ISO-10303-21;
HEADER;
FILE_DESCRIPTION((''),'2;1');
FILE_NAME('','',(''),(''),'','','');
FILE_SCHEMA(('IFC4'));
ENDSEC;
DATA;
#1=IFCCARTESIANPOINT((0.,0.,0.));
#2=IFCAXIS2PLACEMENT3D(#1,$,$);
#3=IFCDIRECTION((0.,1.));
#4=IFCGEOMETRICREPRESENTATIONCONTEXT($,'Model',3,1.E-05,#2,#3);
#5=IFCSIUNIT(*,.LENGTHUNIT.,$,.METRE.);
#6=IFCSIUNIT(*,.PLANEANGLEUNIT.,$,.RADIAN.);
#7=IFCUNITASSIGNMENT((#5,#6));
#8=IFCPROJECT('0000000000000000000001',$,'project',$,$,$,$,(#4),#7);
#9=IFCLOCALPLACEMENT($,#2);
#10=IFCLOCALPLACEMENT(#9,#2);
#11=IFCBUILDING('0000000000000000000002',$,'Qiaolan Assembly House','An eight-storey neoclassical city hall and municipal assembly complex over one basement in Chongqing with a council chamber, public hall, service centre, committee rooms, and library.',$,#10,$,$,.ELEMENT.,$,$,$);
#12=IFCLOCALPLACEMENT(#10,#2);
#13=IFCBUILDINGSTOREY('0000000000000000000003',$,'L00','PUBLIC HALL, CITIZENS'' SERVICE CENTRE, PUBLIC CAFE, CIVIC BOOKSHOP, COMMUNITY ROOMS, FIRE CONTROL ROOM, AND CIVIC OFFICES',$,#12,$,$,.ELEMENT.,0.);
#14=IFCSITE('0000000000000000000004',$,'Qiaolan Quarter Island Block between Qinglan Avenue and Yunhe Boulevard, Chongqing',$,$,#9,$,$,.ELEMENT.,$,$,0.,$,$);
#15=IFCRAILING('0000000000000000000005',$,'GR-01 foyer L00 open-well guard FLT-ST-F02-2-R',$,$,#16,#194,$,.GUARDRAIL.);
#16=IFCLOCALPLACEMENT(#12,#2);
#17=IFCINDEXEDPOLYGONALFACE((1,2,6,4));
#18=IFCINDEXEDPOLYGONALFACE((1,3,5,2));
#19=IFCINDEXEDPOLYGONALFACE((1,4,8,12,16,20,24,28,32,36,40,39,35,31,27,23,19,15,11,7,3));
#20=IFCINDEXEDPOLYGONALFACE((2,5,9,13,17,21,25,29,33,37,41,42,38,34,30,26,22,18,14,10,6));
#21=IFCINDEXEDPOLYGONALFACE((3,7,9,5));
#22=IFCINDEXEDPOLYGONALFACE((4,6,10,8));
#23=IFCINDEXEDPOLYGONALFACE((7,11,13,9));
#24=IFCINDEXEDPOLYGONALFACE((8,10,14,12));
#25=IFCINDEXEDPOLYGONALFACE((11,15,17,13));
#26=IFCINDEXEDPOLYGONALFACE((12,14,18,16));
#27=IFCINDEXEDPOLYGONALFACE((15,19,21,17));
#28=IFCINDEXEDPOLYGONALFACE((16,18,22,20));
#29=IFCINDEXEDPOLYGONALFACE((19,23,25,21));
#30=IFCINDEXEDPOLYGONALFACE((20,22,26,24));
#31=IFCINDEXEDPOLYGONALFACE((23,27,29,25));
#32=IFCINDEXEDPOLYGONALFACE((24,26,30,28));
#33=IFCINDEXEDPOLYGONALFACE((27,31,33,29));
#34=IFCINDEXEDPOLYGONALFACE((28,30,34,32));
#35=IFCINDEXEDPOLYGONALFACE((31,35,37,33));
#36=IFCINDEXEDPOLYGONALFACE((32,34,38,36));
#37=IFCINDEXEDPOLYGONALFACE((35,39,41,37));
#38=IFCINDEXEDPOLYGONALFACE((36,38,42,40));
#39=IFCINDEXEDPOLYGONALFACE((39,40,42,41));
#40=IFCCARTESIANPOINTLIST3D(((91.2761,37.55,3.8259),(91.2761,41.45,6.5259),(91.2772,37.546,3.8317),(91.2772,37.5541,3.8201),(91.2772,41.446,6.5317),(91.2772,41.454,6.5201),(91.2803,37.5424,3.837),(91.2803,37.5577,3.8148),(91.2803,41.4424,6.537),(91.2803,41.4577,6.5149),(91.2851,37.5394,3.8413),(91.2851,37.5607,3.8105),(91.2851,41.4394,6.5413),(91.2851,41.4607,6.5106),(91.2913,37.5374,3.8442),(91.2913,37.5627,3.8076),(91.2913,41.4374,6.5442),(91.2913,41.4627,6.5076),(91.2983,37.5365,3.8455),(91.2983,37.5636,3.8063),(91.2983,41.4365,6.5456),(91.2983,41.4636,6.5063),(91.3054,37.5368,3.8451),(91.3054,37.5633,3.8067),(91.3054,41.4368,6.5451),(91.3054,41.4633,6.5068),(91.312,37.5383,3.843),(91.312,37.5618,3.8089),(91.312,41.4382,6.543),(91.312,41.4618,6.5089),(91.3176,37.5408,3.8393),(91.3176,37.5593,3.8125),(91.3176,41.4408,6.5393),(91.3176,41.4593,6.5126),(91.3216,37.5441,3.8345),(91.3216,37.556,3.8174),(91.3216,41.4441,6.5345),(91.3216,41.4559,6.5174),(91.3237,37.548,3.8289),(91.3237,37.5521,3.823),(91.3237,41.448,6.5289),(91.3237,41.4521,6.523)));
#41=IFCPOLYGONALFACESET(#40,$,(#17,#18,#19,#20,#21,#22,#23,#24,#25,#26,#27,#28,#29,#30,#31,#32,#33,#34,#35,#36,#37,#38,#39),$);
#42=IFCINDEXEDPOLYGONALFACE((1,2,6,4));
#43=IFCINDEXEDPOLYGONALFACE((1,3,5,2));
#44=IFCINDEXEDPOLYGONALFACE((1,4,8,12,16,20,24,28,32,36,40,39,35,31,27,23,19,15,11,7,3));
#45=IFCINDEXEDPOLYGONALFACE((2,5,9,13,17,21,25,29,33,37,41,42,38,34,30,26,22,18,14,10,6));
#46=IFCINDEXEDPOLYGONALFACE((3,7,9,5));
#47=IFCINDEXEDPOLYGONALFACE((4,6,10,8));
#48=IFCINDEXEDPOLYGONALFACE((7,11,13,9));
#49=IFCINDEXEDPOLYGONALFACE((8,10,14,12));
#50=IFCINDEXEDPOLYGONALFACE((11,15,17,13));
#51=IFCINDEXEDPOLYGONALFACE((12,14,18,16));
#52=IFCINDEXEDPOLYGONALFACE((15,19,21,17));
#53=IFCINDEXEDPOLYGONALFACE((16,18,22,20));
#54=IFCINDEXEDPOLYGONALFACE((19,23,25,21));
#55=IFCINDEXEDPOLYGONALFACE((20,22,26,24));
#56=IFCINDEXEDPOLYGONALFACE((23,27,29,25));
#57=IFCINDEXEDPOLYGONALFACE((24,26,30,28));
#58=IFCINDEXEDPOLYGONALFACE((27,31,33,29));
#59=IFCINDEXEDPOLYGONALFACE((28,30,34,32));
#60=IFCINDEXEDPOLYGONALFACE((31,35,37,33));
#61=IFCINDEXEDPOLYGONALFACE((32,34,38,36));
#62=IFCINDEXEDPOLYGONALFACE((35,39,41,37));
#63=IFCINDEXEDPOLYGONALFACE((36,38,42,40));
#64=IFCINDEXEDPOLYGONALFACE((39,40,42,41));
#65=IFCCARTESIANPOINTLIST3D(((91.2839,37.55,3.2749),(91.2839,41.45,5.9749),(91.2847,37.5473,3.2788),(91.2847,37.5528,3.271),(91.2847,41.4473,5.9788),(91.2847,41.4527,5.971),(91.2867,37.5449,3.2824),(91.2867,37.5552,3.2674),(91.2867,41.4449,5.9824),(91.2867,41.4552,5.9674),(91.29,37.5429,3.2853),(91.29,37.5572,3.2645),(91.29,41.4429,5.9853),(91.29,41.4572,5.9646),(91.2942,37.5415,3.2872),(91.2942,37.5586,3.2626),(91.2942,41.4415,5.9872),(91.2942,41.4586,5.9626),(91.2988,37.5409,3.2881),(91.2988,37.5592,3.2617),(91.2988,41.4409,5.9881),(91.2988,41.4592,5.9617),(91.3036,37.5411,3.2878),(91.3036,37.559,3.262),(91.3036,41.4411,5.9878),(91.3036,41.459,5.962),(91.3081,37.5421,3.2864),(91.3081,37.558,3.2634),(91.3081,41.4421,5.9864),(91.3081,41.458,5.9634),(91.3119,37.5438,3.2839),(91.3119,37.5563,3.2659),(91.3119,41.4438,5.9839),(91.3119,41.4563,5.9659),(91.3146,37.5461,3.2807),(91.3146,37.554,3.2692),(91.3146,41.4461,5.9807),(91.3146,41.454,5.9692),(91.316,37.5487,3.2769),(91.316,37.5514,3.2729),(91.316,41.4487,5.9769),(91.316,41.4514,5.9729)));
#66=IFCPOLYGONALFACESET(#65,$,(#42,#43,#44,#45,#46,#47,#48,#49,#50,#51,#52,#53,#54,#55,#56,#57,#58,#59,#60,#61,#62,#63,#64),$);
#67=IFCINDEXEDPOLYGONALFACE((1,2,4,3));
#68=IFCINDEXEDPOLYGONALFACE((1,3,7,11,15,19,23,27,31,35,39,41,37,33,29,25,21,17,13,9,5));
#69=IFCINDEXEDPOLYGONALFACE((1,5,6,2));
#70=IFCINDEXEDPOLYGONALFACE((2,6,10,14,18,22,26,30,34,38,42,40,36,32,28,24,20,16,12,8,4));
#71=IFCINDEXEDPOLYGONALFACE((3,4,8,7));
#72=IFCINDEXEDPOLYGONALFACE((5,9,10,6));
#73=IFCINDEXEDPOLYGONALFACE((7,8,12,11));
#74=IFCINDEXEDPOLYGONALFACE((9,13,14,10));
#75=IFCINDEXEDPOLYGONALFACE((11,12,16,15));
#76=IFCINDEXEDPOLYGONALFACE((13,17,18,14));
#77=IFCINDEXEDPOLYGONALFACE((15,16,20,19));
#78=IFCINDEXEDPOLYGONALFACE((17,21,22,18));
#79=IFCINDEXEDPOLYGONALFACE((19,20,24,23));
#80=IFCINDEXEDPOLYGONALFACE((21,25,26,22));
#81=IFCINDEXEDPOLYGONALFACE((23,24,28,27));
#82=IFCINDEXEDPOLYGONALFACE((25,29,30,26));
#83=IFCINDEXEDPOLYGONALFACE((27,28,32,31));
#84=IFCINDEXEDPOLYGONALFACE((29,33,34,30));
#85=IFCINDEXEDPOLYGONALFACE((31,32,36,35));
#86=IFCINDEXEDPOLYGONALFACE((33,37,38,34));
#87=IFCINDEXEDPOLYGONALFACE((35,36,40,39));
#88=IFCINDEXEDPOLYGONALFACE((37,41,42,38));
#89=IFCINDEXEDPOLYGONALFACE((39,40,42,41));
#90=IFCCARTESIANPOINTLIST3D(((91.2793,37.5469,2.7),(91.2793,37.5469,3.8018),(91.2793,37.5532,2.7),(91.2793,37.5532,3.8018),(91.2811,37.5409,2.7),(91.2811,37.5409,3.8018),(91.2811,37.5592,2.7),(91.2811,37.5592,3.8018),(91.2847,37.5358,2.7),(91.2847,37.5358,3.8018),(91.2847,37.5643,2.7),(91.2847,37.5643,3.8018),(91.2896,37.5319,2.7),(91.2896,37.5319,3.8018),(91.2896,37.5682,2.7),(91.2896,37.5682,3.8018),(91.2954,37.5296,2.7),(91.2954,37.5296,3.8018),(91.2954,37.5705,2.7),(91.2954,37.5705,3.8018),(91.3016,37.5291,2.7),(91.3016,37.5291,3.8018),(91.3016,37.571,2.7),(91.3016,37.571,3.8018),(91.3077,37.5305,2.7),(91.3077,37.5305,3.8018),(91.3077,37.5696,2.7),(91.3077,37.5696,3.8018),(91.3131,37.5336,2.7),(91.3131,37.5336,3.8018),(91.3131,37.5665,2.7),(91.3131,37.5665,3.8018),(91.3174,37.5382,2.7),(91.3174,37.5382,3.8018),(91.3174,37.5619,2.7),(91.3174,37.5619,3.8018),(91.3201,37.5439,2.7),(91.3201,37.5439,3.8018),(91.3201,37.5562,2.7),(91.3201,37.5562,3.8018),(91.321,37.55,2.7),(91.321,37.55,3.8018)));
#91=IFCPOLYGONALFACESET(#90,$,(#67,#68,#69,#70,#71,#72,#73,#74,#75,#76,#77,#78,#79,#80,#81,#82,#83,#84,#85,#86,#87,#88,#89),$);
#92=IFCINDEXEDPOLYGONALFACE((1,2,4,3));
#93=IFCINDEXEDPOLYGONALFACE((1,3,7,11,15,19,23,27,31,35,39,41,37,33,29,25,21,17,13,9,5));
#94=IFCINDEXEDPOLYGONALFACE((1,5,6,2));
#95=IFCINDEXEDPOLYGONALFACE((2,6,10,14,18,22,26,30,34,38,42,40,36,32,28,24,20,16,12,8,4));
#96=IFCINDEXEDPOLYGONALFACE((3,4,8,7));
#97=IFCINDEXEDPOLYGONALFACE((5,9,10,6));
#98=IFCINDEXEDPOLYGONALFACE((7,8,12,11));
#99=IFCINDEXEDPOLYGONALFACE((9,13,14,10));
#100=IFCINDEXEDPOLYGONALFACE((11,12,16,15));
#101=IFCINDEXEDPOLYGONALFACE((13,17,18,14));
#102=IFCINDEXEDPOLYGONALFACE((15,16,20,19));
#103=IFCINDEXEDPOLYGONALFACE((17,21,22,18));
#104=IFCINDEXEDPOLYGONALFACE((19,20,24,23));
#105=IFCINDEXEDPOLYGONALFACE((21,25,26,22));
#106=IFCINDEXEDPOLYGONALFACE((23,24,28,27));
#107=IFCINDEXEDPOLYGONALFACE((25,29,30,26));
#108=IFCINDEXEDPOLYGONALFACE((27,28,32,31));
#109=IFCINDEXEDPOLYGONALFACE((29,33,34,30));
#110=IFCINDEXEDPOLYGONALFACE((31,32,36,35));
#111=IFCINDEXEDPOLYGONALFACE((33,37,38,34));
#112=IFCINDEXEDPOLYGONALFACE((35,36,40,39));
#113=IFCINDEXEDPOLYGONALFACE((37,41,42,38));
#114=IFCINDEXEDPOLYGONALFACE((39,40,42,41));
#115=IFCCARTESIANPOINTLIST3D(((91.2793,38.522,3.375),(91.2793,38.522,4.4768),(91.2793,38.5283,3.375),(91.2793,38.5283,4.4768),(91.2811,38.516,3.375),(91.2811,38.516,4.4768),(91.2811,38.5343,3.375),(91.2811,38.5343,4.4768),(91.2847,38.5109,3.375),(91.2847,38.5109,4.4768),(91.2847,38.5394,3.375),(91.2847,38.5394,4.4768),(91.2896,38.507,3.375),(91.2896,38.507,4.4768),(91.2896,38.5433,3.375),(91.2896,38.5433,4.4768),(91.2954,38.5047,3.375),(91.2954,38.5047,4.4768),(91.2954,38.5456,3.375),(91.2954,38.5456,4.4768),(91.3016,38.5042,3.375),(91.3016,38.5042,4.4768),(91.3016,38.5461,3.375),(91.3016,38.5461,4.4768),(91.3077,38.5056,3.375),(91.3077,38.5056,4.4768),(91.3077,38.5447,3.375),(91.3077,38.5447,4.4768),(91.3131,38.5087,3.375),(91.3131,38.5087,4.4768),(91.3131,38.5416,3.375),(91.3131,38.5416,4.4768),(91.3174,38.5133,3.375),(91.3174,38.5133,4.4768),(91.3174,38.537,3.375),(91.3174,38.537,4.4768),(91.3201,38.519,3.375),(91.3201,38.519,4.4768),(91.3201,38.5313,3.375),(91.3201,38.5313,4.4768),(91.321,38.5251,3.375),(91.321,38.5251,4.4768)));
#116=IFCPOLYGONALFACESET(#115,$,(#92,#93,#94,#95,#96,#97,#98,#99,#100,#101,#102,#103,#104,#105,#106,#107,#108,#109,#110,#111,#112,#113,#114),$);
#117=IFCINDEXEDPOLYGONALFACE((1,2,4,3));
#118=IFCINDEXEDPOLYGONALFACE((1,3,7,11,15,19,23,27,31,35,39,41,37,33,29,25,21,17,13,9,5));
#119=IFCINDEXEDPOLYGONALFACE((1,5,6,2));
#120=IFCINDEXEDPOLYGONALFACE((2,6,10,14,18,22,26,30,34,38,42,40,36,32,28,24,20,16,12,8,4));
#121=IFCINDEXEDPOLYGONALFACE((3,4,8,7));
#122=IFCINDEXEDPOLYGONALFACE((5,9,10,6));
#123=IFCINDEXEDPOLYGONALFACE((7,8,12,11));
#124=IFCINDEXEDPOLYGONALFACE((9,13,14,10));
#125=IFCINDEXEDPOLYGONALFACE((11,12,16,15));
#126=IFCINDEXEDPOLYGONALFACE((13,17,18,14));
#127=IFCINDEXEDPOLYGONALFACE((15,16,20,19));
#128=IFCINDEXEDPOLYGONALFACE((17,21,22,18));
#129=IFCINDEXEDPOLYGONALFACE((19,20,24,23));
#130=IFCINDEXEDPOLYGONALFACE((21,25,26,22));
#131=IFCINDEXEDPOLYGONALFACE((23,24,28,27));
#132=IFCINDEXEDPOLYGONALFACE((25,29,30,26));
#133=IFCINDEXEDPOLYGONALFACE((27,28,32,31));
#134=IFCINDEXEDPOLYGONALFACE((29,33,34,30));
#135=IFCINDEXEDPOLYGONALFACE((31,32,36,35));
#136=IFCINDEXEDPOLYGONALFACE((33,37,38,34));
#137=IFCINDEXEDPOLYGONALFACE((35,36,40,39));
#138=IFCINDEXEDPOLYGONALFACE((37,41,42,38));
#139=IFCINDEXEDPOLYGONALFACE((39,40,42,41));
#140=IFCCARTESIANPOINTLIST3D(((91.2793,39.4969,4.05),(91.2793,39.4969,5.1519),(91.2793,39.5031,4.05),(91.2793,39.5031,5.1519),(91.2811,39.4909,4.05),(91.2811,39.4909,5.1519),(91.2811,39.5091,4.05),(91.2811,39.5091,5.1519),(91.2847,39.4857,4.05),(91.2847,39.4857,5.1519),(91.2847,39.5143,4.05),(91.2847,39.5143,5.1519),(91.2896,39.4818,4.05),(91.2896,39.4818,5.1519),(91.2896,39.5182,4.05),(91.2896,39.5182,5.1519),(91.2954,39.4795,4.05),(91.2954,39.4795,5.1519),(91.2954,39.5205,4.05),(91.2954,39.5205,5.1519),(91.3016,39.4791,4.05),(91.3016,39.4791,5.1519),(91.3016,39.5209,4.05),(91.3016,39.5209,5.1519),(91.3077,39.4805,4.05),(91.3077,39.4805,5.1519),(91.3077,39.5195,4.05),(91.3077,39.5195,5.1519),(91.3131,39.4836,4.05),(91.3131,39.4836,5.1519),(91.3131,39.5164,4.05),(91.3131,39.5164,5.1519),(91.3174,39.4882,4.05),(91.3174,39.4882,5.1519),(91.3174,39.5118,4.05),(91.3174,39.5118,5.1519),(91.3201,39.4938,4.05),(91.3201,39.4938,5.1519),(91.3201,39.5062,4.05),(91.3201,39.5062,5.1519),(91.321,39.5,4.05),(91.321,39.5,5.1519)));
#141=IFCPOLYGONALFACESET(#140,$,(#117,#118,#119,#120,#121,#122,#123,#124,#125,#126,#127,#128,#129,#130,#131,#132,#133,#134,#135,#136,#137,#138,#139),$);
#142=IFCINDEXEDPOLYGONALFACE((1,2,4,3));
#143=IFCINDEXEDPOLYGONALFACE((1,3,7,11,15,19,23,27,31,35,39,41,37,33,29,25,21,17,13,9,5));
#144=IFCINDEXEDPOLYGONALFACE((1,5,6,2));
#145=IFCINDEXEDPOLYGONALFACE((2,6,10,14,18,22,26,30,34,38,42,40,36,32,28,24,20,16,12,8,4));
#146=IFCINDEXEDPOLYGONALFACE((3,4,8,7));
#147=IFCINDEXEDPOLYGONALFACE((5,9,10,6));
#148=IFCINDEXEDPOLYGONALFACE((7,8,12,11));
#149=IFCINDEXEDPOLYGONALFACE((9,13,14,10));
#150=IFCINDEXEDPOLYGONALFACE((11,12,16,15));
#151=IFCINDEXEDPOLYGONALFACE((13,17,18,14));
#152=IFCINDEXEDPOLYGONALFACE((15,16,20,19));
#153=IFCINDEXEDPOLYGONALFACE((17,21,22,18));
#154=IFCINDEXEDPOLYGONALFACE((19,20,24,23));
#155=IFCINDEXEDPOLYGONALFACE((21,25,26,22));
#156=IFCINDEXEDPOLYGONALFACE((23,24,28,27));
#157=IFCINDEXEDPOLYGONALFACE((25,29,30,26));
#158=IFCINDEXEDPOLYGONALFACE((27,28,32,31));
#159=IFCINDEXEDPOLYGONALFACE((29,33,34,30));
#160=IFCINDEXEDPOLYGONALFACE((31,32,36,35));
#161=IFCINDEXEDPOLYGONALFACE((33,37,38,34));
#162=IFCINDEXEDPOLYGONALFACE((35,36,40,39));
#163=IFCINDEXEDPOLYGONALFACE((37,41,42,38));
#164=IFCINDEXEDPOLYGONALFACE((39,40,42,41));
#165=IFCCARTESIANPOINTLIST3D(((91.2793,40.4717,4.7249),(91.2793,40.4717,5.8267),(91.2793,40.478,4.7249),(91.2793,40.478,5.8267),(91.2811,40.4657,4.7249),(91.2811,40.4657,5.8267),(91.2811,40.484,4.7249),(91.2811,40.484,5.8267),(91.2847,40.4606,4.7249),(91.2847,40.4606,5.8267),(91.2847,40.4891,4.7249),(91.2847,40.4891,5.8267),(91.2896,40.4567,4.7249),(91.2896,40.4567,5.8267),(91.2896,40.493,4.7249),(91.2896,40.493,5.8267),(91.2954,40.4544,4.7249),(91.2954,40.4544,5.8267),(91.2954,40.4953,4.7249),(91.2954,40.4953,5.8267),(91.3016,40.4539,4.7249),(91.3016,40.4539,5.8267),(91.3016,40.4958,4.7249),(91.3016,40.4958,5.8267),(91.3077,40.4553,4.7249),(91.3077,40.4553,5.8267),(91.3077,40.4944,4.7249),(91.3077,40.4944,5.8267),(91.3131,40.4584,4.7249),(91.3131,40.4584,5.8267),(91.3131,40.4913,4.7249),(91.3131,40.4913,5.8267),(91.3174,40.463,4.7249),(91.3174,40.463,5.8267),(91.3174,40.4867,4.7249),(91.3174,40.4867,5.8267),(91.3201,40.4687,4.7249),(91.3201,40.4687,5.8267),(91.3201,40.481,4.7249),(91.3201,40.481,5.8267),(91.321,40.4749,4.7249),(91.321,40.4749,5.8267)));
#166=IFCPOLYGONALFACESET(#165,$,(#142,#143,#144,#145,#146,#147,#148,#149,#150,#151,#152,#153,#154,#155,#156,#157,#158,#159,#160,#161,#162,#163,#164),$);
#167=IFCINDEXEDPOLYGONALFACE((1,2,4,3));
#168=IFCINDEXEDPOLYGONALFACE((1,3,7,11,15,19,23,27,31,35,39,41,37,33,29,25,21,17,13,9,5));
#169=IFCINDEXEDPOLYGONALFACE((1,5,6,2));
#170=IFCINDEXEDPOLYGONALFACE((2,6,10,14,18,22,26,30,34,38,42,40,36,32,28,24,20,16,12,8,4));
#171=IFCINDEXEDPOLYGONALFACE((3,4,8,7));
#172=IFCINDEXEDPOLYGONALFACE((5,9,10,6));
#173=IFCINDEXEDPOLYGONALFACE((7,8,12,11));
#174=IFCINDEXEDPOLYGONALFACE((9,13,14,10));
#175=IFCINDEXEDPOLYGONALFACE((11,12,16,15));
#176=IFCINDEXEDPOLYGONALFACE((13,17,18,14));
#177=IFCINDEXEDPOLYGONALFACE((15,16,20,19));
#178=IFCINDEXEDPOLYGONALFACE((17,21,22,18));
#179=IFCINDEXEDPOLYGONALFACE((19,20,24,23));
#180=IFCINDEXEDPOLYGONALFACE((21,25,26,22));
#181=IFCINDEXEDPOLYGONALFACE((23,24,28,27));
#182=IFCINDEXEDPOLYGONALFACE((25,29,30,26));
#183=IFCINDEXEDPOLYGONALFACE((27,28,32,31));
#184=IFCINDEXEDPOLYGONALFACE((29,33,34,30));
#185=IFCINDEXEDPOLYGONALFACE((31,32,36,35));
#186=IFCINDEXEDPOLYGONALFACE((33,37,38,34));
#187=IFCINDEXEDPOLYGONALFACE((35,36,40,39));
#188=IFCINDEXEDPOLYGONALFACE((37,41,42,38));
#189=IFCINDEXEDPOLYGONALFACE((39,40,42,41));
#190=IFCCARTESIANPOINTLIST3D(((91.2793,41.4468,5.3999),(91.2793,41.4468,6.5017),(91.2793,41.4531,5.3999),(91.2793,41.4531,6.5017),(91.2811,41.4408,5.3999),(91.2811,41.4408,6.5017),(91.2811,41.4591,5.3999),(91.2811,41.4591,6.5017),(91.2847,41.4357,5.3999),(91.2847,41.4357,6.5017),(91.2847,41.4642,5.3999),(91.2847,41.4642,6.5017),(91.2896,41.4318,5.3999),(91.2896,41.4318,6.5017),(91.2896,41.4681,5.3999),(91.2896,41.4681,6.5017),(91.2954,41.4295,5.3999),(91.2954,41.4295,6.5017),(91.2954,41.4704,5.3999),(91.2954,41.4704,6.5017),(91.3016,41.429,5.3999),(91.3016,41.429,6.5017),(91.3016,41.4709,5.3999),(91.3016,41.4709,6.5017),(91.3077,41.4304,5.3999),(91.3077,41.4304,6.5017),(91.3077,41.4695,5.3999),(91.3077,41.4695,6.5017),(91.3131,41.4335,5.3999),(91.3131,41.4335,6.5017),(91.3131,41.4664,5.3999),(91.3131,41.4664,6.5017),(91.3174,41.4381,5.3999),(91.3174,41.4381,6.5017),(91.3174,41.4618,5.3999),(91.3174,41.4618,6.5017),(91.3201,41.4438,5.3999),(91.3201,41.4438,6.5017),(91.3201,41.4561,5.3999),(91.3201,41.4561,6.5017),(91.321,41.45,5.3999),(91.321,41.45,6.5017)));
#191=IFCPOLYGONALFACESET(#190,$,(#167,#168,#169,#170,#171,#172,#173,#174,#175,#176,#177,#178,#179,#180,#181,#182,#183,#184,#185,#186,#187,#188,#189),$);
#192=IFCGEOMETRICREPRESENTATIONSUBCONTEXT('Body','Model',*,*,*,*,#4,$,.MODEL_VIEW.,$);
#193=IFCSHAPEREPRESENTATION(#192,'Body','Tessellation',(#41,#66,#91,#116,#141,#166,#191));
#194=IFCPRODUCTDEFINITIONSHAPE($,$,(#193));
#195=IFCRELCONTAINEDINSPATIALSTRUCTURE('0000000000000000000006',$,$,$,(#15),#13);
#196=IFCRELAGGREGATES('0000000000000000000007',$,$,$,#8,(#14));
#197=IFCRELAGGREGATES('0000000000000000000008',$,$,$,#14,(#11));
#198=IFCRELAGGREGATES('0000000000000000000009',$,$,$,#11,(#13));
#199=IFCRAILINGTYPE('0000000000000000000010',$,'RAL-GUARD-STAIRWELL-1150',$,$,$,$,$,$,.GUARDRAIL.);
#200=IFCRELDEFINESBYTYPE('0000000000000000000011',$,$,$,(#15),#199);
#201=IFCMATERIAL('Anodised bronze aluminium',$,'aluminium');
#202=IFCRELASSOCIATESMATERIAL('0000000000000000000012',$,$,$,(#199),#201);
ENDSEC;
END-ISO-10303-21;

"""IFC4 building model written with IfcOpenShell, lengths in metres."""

from ifc_helpers import new_model, si_unit, direction, frame, origin, origin_2d, place, context, subcontext, project, spatial, circle, extrude, material, type_object, element, save


model = new_model("IFC4")

# Units and contexts
model_context = context("Model", 3, precision=1e-05, world=origin(), true_north=direction((0.0, 1.0)))
body_context = subcontext(model_context, "Body", "Model", "MODEL_VIEW")
ifc_project = project(units=[si_unit("LENGTHUNIT", "METRE"), si_unit("PLANEANGLEUNIT", "RADIAN")], contexts=[model_context])

# Site, building, storey
site_placement = place(None, origin())
site = spatial("IfcSite", under=ifc_project, at=site_placement, Name="Qiaolan Quarter Island Block between Qinglan Avenue and Yunhe Boulevard, Chongqing", CompositionType="ELEMENT", RefElevation=0.0)
building_placement = place(site_placement, origin())
building = spatial("IfcBuilding", under=site, at=building_placement, Name="Qiaolan Assembly House", Description="An eight-storey neoclassical city hall and municipal assembly complex over one basement in Chongqing with a council chamber, public hall, service centre, committee rooms, and library.", CompositionType="ELEMENT")
storey_placement = place(building_placement, origin())
storey = spatial("IfcBuildingStorey", under=building, at=storey_placement, Name="L00", Description="PUBLIC HALL, CITIZENS' SERVICE CENTRE, PUBLIC CAFE, CIVIC BOOKSHOP, COMMUNITY ROOMS, FIRE CONTROL ROOM, AND CIVIC OFFICES", CompositionType="ELEMENT", Elevation=0.0)

# Railing
ifc_material_1 = material(Name="Anodised bronze aluminium", Category="aluminium")
railing_type = type_object("IfcRailingType", Name="RAL-GUARD-STAIRWELL-1150", PredefinedType="GUARDRAIL", material=ifc_material_1)
for number, where, name in (
    (1, (91.3, 37.55, 2.7), "GR-01 foyer L00 open-well guard FLT-ST-F02-2-R"),
):
    element("IfcRailing", number, at=place(storey_placement, frame(where)), inside=storey, type_object=railing_type, Name=name, PredefinedType="GUARDRAIL", context=body_context, shape_type="SweptSolid", body=[
        extrude(circle(Radius=0.0239, at=origin_2d()), frame((0.0, 0.0, 1.126), z_axis=(0.0, 0.82219, 0.569213), x_axis=(-1.0, 0.0, 0.0)), (0.0, 0.0, 1.0), 4.7434),
        extrude(circle(Radius=0.0161, at=origin_2d()), frame((0.0, 0.0, 0.575), z_axis=(0.0, 0.82219, 0.569213), x_axis=(-1.0, 0.0, 0.0)), (0.0, 0.0, 1.0), 4.7434),
        extrude(circle(Radius=0.021, at=origin_2d()), origin(), (0.0, 0.0, 1.0), 1.1018),
        extrude(circle(Radius=0.021, at=origin_2d()), frame((0.0, 0.9751, 0.675)), (0.0, 0.0, 1.0), 1.1018),
        extrude(circle(Radius=0.021, at=origin_2d()), frame((0.0, 1.95, 1.3501)), (0.0, 0.0, 1.0), 1.1018),
        extrude(circle(Radius=0.021, at=origin_2d()), frame((0.0, 2.9248, 2.0249)), (0.0, 0.0, 1.0), 1.1018),
        extrude(circle(Radius=0.021, at=origin_2d()), frame((0.0, 3.8999, 2.7)), (0.0, 0.0, 1.0), 1.1018),
    ])

save(model, "model.ifc")
